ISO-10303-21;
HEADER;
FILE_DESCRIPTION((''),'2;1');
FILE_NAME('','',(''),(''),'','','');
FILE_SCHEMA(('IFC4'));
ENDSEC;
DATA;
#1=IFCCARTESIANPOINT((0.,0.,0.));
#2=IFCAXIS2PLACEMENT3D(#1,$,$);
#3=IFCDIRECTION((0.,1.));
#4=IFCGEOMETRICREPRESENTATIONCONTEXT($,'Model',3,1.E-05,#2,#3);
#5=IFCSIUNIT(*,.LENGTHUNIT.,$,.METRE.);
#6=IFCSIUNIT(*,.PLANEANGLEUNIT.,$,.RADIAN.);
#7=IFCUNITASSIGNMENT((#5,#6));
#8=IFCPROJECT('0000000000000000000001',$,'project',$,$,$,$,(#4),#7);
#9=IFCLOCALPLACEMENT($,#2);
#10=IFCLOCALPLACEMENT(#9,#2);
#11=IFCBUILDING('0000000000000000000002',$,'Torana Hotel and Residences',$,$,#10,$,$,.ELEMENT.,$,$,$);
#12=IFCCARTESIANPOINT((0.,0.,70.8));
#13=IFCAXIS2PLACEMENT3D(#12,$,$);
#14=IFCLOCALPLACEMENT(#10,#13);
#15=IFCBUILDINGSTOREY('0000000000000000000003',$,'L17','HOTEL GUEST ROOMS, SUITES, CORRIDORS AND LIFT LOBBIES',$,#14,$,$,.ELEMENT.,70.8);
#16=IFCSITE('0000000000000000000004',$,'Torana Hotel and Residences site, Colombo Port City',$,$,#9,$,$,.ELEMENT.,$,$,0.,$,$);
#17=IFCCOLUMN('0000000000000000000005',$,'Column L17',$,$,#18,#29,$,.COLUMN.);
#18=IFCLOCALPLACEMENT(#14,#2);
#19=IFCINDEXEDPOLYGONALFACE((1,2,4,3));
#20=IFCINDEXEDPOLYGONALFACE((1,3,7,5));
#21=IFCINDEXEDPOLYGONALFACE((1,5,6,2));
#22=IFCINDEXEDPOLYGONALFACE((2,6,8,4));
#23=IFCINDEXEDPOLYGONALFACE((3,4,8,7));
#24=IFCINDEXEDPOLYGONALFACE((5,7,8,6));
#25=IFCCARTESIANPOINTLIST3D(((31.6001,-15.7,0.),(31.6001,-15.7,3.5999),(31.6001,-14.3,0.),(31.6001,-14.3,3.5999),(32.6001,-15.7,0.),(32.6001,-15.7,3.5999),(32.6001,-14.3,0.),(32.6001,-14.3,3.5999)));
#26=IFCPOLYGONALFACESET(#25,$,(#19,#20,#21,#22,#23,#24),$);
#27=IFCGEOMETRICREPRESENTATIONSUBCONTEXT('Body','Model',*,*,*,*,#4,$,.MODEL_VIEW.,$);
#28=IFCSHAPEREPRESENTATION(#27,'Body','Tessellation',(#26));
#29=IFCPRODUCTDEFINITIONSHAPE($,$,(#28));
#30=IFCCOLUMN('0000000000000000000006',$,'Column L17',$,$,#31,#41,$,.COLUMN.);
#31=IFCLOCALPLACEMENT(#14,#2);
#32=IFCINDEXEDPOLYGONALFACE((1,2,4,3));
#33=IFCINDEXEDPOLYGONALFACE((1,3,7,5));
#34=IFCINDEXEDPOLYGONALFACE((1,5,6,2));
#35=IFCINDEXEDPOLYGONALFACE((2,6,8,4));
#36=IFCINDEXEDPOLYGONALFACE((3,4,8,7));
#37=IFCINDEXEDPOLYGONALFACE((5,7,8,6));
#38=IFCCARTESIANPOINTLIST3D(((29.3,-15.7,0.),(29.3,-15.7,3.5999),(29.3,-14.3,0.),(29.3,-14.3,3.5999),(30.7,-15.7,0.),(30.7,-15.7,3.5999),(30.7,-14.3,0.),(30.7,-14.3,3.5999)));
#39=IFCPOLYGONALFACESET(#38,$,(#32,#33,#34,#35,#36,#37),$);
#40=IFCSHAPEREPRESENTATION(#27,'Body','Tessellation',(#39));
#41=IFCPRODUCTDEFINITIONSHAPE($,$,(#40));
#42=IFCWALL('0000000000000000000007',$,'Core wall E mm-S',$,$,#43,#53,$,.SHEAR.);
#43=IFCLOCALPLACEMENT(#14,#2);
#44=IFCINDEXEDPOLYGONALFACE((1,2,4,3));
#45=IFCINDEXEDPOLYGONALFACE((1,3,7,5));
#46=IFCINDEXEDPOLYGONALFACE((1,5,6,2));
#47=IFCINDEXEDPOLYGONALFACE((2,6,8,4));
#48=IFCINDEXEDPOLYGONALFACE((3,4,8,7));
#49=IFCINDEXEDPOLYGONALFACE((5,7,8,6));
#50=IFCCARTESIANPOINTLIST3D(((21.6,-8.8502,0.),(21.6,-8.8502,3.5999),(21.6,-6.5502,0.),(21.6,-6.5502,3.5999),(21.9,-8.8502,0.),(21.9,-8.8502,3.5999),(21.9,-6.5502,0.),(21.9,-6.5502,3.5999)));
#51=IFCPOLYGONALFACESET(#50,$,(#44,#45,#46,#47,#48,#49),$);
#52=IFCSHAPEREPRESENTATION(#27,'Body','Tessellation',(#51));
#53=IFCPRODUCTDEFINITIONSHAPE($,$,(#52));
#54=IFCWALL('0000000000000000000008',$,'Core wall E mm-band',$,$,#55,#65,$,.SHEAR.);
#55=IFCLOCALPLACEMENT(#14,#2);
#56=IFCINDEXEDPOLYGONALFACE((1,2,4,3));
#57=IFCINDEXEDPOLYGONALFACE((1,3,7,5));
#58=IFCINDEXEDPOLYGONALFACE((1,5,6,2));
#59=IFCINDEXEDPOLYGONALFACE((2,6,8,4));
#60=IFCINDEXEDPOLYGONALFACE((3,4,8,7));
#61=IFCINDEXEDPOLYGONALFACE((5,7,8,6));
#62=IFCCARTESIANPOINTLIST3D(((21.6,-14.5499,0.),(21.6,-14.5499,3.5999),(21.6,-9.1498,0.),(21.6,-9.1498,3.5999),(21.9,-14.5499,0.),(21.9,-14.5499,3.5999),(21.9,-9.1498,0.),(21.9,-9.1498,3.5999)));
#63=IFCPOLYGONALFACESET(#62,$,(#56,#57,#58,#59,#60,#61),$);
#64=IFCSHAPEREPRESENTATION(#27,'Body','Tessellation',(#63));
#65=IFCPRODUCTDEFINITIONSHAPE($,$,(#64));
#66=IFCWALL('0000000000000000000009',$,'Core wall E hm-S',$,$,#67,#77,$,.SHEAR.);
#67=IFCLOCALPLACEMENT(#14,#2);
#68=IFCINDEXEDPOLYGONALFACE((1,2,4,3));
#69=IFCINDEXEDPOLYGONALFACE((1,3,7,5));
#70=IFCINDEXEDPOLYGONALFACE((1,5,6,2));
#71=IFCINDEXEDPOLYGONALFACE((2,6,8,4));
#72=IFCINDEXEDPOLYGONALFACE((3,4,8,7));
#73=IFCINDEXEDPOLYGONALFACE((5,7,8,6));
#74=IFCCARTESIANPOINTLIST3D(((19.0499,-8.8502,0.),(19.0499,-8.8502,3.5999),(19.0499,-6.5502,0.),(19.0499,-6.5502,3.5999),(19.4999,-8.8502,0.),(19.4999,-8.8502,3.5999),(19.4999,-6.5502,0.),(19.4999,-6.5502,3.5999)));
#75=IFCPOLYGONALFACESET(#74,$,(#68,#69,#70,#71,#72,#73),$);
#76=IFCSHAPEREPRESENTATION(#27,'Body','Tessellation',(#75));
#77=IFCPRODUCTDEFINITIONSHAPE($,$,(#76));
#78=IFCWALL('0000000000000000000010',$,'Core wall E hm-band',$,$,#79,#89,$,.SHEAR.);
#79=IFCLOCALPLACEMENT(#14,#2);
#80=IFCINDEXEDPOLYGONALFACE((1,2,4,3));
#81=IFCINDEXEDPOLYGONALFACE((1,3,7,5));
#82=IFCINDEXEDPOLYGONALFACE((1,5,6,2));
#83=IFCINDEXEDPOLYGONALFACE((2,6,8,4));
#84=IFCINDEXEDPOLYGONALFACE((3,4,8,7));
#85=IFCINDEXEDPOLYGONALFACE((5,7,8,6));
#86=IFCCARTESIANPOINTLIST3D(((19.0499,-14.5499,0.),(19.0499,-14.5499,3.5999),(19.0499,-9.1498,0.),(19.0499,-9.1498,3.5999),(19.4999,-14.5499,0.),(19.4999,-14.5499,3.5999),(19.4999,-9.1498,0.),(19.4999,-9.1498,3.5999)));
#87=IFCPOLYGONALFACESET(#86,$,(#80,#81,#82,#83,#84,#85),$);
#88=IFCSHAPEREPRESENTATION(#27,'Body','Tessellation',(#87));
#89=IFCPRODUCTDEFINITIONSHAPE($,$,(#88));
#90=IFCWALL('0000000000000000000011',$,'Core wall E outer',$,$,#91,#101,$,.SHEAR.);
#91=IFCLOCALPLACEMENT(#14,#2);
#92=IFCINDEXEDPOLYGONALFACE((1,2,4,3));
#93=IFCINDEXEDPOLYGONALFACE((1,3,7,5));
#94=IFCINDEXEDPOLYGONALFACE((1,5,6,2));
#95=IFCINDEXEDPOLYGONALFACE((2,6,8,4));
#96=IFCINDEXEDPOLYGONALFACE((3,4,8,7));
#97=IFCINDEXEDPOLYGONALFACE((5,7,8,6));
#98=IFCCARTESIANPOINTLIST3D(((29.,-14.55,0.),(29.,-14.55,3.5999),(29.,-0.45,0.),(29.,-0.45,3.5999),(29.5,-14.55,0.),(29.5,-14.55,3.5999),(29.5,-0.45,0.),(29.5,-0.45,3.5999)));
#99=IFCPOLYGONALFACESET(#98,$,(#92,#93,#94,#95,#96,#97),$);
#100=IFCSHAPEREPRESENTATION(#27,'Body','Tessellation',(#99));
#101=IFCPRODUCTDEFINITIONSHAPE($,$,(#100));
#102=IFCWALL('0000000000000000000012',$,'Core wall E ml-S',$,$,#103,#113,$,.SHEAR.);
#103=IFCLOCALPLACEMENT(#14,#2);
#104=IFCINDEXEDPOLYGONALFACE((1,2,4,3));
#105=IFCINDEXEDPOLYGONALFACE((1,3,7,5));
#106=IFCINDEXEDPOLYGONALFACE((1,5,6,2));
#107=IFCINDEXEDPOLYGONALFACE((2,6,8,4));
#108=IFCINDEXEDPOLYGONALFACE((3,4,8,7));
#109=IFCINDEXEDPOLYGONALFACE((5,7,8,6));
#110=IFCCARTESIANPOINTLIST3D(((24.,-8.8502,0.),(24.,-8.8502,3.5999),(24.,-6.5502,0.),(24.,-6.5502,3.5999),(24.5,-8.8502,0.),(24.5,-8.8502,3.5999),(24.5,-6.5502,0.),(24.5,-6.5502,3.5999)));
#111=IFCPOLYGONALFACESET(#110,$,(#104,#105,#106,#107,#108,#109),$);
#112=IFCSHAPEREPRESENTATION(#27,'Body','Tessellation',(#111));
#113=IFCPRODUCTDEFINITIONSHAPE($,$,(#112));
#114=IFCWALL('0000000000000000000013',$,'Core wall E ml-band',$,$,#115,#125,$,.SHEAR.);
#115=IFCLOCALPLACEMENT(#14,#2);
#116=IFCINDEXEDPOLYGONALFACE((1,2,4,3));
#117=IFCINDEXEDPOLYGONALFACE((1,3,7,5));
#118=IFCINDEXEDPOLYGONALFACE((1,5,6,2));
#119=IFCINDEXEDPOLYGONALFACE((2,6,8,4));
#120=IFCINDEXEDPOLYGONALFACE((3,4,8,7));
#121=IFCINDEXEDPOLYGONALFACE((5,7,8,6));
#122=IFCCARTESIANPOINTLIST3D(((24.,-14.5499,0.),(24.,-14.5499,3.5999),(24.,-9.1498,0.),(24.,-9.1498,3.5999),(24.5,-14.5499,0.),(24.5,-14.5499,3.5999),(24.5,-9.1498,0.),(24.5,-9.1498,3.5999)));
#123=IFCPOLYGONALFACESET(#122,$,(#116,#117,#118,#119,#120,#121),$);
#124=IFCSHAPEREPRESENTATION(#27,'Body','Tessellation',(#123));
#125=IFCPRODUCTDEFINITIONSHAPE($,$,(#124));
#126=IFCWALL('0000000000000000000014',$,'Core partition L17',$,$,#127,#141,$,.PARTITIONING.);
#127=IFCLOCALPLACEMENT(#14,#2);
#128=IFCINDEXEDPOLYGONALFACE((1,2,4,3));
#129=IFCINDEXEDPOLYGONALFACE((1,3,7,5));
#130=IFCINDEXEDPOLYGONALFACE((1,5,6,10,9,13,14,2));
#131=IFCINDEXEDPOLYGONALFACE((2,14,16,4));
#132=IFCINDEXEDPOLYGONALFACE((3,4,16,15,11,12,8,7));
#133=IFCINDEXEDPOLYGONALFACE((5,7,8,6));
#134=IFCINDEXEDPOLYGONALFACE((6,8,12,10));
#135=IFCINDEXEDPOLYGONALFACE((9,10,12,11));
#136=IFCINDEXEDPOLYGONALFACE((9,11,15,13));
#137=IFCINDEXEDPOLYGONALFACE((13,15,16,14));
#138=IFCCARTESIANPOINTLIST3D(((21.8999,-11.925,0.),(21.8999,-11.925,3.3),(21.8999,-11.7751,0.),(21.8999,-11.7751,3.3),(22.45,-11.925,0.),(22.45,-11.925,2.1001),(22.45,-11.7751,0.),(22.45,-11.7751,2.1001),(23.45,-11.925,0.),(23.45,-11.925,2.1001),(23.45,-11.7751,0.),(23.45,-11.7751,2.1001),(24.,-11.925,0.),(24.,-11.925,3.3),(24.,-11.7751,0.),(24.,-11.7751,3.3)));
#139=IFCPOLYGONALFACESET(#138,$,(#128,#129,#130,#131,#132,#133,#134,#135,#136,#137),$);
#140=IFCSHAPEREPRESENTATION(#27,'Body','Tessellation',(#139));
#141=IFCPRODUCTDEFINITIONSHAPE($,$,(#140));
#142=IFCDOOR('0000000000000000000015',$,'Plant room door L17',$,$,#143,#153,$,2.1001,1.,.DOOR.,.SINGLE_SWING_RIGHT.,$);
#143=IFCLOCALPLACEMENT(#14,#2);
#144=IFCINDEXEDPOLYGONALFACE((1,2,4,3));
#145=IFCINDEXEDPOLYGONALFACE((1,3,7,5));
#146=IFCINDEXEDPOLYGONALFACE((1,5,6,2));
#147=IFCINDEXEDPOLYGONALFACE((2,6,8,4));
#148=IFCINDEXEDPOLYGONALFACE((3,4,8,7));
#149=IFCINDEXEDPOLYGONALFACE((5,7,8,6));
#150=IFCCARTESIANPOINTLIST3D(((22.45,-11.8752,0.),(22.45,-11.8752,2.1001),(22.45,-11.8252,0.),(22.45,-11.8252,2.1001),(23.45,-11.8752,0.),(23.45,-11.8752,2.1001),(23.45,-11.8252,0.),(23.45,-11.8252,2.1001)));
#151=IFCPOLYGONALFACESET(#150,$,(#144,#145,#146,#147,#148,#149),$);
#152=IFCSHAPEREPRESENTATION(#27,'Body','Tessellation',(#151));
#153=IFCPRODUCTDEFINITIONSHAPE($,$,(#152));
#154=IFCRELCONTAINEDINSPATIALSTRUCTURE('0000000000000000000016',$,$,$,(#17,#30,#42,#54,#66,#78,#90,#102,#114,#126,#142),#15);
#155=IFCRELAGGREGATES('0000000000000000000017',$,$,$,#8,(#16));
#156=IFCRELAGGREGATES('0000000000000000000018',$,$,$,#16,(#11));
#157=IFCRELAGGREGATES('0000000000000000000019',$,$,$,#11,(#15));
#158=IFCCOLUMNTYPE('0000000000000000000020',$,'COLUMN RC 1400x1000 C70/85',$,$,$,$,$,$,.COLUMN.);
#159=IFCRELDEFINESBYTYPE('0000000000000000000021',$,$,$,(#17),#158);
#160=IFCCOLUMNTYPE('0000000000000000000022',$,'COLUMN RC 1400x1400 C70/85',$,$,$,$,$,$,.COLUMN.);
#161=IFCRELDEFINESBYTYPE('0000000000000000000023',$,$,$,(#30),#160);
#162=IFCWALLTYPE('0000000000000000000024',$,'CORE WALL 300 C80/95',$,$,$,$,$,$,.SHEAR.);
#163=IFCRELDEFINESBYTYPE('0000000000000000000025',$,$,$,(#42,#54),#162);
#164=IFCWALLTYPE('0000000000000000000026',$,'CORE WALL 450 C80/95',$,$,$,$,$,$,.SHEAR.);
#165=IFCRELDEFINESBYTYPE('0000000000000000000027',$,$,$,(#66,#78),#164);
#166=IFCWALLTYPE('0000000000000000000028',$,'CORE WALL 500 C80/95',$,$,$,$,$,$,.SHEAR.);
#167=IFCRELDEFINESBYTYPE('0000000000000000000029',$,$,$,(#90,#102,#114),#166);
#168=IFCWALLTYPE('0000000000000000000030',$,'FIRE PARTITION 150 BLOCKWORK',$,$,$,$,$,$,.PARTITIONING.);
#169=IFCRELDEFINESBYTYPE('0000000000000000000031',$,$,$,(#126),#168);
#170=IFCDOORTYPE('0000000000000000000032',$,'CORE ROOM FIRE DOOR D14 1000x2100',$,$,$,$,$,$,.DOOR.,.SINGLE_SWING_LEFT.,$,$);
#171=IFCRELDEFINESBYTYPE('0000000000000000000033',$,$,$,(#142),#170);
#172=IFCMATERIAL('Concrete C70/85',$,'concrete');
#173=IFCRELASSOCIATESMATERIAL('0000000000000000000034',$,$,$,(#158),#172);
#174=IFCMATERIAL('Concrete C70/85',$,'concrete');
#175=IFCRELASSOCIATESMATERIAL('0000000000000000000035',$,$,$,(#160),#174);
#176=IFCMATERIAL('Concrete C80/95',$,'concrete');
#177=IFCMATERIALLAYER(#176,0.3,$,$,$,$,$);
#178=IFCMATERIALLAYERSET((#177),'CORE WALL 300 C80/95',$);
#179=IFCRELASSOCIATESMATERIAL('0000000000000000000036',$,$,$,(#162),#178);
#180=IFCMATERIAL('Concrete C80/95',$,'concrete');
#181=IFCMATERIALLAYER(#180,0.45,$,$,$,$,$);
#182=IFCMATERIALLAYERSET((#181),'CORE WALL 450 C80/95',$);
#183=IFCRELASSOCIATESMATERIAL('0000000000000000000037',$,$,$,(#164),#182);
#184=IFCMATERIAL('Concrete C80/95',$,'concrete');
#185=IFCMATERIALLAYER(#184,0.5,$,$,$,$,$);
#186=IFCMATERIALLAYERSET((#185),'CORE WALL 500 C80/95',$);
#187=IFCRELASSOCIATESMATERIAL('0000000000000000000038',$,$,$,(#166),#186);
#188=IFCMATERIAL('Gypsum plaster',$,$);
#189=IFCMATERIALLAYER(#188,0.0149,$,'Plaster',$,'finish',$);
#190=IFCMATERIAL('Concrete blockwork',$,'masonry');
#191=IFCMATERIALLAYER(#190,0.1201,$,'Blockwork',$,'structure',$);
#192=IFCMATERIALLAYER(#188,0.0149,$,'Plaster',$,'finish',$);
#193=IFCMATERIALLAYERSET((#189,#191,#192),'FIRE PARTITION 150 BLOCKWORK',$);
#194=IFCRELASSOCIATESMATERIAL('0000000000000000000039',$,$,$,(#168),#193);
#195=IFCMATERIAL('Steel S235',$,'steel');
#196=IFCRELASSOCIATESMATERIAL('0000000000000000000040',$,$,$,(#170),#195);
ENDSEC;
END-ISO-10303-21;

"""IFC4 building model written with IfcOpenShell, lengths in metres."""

from ifc_helpers import new_model, si_unit, direction, frame, frame_2d, origin, origin_2d, place, context, subcontext, project, spatial, rectangle, extrude, material, layer, layer_set, material_profile, profile_set, type_object, element, fill, save


model = new_model("IFC4")

# Units and contexts
model_context = context("Model", 3, precision=1e-05, world=origin(), true_north=direction((0.0, 1.0)))
body_context = subcontext(model_context, "Body", "Model", "MODEL_VIEW")
ifc_project = project(units=[si_unit("LENGTHUNIT", "METRE"), si_unit("PLANEANGLEUNIT", "RADIAN")], contexts=[model_context])

# Site, building, storey
site_placement = place(None, origin())
site = spatial("IfcSite", under=ifc_project, at=site_placement, Name="Torana Hotel and Residences site, Colombo Port City", CompositionType="ELEMENT", RefElevation=0.0)
building_placement = place(site_placement, origin())
building = spatial("IfcBuilding", under=site, at=building_placement, Name="Torana Hotel and Residences", CompositionType="ELEMENT")
storey_placement = place(building_placement, frame((0.0, 0.0, 70.8)))
storey = spatial("IfcBuildingStorey", under=building, at=storey_placement, Name="L17", Description="HOTEL GUEST ROOMS, SUITES, CORRIDORS AND LIFT LOBBIES", CompositionType="ELEMENT", Elevation=70.8)

# Columns
ifc_material_1 = material(Name="Concrete C70/85", Category="concrete")
ifc_material_profile_1 = material_profile(ifc_material_1, rectangle(XDim=1.3999, YDim=1.0, at=origin_2d()), Name="RC 1400x1000")
ifc_profile_set_1 = profile_set([ifc_material_profile_1], Name="Concrete C70/85")
column_type_1 = type_object("IfcColumnType", Name="COLUMN RC 1400x1000 C70/85", PredefinedType="COLUMN", material=ifc_profile_set_1)
column_1_placement = place(storey_placement, frame((32.1001, -15.0, 0.0), z_axis=(0.0, 0.0, 1.0), x_axis=(0.0, 1.0, 0.0)))
element("IfcColumn", 1, at=column_1_placement, inside=storey, type_object=column_type_1, Name="Column L17", PredefinedType="COLUMN", context=body_context, shape_type="SweptSolid", body=[
    extrude(rectangle(XDim=1.3999, YDim=1.0, at=origin_2d()), origin(), (0.0, 0.0, 1.0), 3.5999),
])
ifc_material_2 = material(Name="Concrete C70/85", Category="concrete")
ifc_material_profile_2 = material_profile(ifc_material_2, rectangle(XDim=1.3999, YDim=1.3999, at=origin_2d()), Name="RC 1400x1400")
ifc_profile_set_2 = profile_set([ifc_material_profile_2], Name="Concrete C70/85")
column_type_2 = type_object("IfcColumnType", Name="COLUMN RC 1400x1400 C70/85", PredefinedType="COLUMN", material=ifc_profile_set_2)
column_2_placement = place(storey_placement, frame((30.0, -15.0, 0.0), z_axis=(0.0, 0.0, 1.0), x_axis=(1.0, 0.0, 0.0)))
element("IfcColumn", 2, at=column_2_placement, inside=storey, type_object=column_type_2, Name="Column L17", PredefinedType="COLUMN", context=body_context, shape_type="SweptSolid", body=[
    extrude(rectangle(XDim=1.3999, YDim=1.3999, at=origin_2d()), origin(), (0.0, 0.0, 1.0), 3.5999),
])

# Walls
ifc_material_3 = material(Name="Concrete C80/95", Category="concrete")
ifc_layer_1 = layer(ifc_material_3, 0.3)
ifc_layer_set_1 = layer_set([ifc_layer_1], Name="CORE WALL 300 C80/95")
wall_type_1 = type_object("IfcWallType", Name="CORE WALL 300 C80/95", PredefinedType="SHEAR", material=ifc_layer_set_1)
wall_1_placement = place(storey_placement, frame((21.75, -8.8501, 0.0), z_axis=(0.0, 0.0, 1.0), x_axis=(0.0, 1.0, 0.0)))
element("IfcWall", 3, at=wall_1_placement, inside=storey, type_object=wall_type_1, Name="Core wall E mm-S", PredefinedType="SHEAR", context=body_context, shape_type="SweptSolid", body=[
    extrude(rectangle(XDim=2.3, YDim=0.3, at=frame_2d((1.1499, 0.0))), origin(), (0.0, 0.0, 1.0), 3.5999),
])
wall_2_placement = place(storey_placement, frame((21.75, -14.55, 0.0), z_axis=(0.0, 0.0, 1.0), x_axis=(0.0, 1.0, 0.0)))
element("IfcWall", 4, at=wall_2_placement, inside=storey, type_object=wall_type_1, Name="Core wall E mm-band", PredefinedType="SHEAR", context=body_context, shape_type="SweptSolid", body=[
    extrude(rectangle(XDim=5.4001, YDim=0.3, at=frame_2d((2.7002, 0.0))), origin(), (0.0, 0.0, 1.0), 3.5999),
])
ifc_material_4 = material(Name="Concrete C80/95", Category="concrete")
ifc_layer_2 = layer(ifc_material_4, 0.45)
ifc_layer_set_2 = layer_set([ifc_layer_2], Name="CORE WALL 450 C80/95")
wall_type_2 = type_object("IfcWallType", Name="CORE WALL 450 C80/95", PredefinedType="SHEAR", material=ifc_layer_set_2)
wall_3_placement = place(storey_placement, frame((19.2749, -8.8501, 0.0), z_axis=(0.0, 0.0, 1.0), x_axis=(0.0, 1.0, 0.0)))
element("IfcWall", 5, at=wall_3_placement, inside=storey, type_object=wall_type_2, Name="Core wall E hm-S", PredefinedType="SHEAR", context=body_context, shape_type="SweptSolid", body=[
    extrude(rectangle(XDim=2.3, YDim=0.45, at=frame_2d((1.1499, 0.0))), origin(), (0.0, 0.0, 1.0), 3.5999),
])
wall_4_placement = place(storey_placement, frame((19.2749, -14.55, 0.0), z_axis=(0.0, 0.0, 1.0), x_axis=(0.0, 1.0, 0.0)))
element("IfcWall", 6, at=wall_4_placement, inside=storey, type_object=wall_type_2, Name="Core wall E hm-band", PredefinedType="SHEAR", context=body_context, shape_type="SweptSolid", body=[
    extrude(rectangle(XDim=5.4001, YDim=0.45, at=frame_2d((2.7002, 0.0))), origin(), (0.0, 0.0, 1.0), 3.5999),
])
ifc_material_5 = material(Name="Concrete C80/95", Category="concrete")
ifc_layer_3 = layer(ifc_material_5, 0.5)
ifc_layer_set_3 = layer_set([ifc_layer_3], Name="CORE WALL 500 C80/95")
wall_type_3 = type_object("IfcWallType", Name="CORE WALL 500 C80/95", PredefinedType="SHEAR", material=ifc_layer_set_3)
wall_5_placement = place(storey_placement, frame((29.25, -14.55, 0.0), z_axis=(0.0, 0.0, 1.0), x_axis=(0.0, 1.0, 0.0)))
element("IfcWall", 7, at=wall_5_placement, inside=storey, type_object=wall_type_3, Name="Core wall E outer", PredefinedType="SHEAR", context=body_context, shape_type="SweptSolid", body=[
    extrude(rectangle(XDim=14.1001, YDim=0.5, at=frame_2d((7.05, 0.0))), origin(), (0.0, 0.0, 1.0), 3.5999),
])
wall_6_placement = place(storey_placement, frame((24.25, -8.8501, 0.0), z_axis=(0.0, 0.0, 1.0), x_axis=(0.0, 1.0, 0.0)))
element("IfcWall", 8, at=wall_6_placement, inside=storey, type_object=wall_type_3, Name="Core wall E ml-S", PredefinedType="SHEAR", context=body_context, shape_type="SweptSolid", body=[
    extrude(rectangle(XDim=2.3, YDim=0.5, at=frame_2d((1.1499, 0.0))), origin(), (0.0, 0.0, 1.0), 3.5999),
])
wall_7_placement = place(storey_placement, frame((24.25, -14.55, 0.0), z_axis=(0.0, 0.0, 1.0), x_axis=(0.0, 1.0, 0.0)))
element("IfcWall", 9, at=wall_7_placement, inside=storey, type_object=wall_type_3, Name="Core wall E ml-band", PredefinedType="SHEAR", context=body_context, shape_type="SweptSolid", body=[
    extrude(rectangle(XDim=5.4001, YDim=0.5, at=frame_2d((2.7002, 0.0))), origin(), (0.0, 0.0, 1.0), 3.5999),
])

# Wall, opening, door
ifc_material_6 = material(Name="Gypsum plaster")
ifc_layer_4 = layer(ifc_material_6, 0.0149, Name="Plaster", Category="finish")
ifc_material_7 = material(Name="Concrete blockwork", Category="masonry")
ifc_layer_5 = layer(ifc_material_7, 0.1201, Name="Blockwork", Category="structure")
ifc_layer_6 = layer(ifc_material_6, 0.0149, Name="Plaster", Category="finish")
ifc_layer_set_4 = layer_set([ifc_layer_4, ifc_layer_5, ifc_layer_6], Name="FIRE PARTITION 150 BLOCKWORK")
wall_type_4 = type_object("IfcWallType", Name="FIRE PARTITION 150 BLOCKWORK", PredefinedType="PARTITIONING", material=ifc_layer_set_4)
wall_8_placement = place(storey_placement, frame((21.8999, -11.8501, 0.0), z_axis=(0.0, 0.0, 1.0), x_axis=(1.0, 0.0, 0.0)))
wall_8 = element("IfcWall", 10, at=wall_8_placement, inside=storey, type_object=wall_type_4, Name="Core partition L17", PredefinedType="PARTITIONING", context=body_context, shape_type="SweptSolid", body=[
    extrude(rectangle(XDim=2.1001, YDim=0.1499, at=frame_2d((1.05, 0.0))), origin(), (0.0, 0.0, 1.0), 3.3),
])
opening_1_placement = place(wall_8_placement, frame((0.55, 0.0, 0.0)))
opening_1 = element("IfcOpeningElement", 11, at=opening_1_placement, cuts=wall_8, PredefinedType="OPENING", context=body_context, shape_type="SweptSolid", body=[
    extrude(rectangle(XDim=1.0, YDim=2.1001, at=frame_2d((0.5, 1.05))), frame((0.0, 0.085, 0.0), z_axis=(0.0, -1.0, 0.0), x_axis=(1.0, 0.0, 0.0)), (0.0, 0.0, 1.0), 0.1699),
])
ifc_material_8 = material(Name="Steel S235", Category="steel")
door_type_1 = type_object("IfcDoorType", Name="CORE ROOM FIRE DOOR D14 1000x2100", OperationType="SINGLE_SWING_LEFT", PredefinedType="DOOR", material=ifc_material_8)
door_1_placement = place(opening_1_placement, origin())
door_1 = element("IfcDoor", 12, at=door_1_placement, inside=storey, type_object=door_type_1, Name="Plant room door L17", OperationType="SINGLE_SWING_RIGHT", OverallHeight=2.1001, OverallWidth=1.0, PredefinedType="DOOR", context=body_context, shape_type="SweptSolid", body=[
    extrude(rectangle(XDim=1.0, YDim=2.1001, at=frame_2d((0.5, 1.05))), frame((0.0, 0.0249, 0.0), z_axis=(0.0, -1.0, 0.0), x_axis=(1.0, 0.0, 0.0)), (0.0, 0.0, 1.0), 0.05),
])
fill(opening_1, door_1)

save(model, "model.ifc")
